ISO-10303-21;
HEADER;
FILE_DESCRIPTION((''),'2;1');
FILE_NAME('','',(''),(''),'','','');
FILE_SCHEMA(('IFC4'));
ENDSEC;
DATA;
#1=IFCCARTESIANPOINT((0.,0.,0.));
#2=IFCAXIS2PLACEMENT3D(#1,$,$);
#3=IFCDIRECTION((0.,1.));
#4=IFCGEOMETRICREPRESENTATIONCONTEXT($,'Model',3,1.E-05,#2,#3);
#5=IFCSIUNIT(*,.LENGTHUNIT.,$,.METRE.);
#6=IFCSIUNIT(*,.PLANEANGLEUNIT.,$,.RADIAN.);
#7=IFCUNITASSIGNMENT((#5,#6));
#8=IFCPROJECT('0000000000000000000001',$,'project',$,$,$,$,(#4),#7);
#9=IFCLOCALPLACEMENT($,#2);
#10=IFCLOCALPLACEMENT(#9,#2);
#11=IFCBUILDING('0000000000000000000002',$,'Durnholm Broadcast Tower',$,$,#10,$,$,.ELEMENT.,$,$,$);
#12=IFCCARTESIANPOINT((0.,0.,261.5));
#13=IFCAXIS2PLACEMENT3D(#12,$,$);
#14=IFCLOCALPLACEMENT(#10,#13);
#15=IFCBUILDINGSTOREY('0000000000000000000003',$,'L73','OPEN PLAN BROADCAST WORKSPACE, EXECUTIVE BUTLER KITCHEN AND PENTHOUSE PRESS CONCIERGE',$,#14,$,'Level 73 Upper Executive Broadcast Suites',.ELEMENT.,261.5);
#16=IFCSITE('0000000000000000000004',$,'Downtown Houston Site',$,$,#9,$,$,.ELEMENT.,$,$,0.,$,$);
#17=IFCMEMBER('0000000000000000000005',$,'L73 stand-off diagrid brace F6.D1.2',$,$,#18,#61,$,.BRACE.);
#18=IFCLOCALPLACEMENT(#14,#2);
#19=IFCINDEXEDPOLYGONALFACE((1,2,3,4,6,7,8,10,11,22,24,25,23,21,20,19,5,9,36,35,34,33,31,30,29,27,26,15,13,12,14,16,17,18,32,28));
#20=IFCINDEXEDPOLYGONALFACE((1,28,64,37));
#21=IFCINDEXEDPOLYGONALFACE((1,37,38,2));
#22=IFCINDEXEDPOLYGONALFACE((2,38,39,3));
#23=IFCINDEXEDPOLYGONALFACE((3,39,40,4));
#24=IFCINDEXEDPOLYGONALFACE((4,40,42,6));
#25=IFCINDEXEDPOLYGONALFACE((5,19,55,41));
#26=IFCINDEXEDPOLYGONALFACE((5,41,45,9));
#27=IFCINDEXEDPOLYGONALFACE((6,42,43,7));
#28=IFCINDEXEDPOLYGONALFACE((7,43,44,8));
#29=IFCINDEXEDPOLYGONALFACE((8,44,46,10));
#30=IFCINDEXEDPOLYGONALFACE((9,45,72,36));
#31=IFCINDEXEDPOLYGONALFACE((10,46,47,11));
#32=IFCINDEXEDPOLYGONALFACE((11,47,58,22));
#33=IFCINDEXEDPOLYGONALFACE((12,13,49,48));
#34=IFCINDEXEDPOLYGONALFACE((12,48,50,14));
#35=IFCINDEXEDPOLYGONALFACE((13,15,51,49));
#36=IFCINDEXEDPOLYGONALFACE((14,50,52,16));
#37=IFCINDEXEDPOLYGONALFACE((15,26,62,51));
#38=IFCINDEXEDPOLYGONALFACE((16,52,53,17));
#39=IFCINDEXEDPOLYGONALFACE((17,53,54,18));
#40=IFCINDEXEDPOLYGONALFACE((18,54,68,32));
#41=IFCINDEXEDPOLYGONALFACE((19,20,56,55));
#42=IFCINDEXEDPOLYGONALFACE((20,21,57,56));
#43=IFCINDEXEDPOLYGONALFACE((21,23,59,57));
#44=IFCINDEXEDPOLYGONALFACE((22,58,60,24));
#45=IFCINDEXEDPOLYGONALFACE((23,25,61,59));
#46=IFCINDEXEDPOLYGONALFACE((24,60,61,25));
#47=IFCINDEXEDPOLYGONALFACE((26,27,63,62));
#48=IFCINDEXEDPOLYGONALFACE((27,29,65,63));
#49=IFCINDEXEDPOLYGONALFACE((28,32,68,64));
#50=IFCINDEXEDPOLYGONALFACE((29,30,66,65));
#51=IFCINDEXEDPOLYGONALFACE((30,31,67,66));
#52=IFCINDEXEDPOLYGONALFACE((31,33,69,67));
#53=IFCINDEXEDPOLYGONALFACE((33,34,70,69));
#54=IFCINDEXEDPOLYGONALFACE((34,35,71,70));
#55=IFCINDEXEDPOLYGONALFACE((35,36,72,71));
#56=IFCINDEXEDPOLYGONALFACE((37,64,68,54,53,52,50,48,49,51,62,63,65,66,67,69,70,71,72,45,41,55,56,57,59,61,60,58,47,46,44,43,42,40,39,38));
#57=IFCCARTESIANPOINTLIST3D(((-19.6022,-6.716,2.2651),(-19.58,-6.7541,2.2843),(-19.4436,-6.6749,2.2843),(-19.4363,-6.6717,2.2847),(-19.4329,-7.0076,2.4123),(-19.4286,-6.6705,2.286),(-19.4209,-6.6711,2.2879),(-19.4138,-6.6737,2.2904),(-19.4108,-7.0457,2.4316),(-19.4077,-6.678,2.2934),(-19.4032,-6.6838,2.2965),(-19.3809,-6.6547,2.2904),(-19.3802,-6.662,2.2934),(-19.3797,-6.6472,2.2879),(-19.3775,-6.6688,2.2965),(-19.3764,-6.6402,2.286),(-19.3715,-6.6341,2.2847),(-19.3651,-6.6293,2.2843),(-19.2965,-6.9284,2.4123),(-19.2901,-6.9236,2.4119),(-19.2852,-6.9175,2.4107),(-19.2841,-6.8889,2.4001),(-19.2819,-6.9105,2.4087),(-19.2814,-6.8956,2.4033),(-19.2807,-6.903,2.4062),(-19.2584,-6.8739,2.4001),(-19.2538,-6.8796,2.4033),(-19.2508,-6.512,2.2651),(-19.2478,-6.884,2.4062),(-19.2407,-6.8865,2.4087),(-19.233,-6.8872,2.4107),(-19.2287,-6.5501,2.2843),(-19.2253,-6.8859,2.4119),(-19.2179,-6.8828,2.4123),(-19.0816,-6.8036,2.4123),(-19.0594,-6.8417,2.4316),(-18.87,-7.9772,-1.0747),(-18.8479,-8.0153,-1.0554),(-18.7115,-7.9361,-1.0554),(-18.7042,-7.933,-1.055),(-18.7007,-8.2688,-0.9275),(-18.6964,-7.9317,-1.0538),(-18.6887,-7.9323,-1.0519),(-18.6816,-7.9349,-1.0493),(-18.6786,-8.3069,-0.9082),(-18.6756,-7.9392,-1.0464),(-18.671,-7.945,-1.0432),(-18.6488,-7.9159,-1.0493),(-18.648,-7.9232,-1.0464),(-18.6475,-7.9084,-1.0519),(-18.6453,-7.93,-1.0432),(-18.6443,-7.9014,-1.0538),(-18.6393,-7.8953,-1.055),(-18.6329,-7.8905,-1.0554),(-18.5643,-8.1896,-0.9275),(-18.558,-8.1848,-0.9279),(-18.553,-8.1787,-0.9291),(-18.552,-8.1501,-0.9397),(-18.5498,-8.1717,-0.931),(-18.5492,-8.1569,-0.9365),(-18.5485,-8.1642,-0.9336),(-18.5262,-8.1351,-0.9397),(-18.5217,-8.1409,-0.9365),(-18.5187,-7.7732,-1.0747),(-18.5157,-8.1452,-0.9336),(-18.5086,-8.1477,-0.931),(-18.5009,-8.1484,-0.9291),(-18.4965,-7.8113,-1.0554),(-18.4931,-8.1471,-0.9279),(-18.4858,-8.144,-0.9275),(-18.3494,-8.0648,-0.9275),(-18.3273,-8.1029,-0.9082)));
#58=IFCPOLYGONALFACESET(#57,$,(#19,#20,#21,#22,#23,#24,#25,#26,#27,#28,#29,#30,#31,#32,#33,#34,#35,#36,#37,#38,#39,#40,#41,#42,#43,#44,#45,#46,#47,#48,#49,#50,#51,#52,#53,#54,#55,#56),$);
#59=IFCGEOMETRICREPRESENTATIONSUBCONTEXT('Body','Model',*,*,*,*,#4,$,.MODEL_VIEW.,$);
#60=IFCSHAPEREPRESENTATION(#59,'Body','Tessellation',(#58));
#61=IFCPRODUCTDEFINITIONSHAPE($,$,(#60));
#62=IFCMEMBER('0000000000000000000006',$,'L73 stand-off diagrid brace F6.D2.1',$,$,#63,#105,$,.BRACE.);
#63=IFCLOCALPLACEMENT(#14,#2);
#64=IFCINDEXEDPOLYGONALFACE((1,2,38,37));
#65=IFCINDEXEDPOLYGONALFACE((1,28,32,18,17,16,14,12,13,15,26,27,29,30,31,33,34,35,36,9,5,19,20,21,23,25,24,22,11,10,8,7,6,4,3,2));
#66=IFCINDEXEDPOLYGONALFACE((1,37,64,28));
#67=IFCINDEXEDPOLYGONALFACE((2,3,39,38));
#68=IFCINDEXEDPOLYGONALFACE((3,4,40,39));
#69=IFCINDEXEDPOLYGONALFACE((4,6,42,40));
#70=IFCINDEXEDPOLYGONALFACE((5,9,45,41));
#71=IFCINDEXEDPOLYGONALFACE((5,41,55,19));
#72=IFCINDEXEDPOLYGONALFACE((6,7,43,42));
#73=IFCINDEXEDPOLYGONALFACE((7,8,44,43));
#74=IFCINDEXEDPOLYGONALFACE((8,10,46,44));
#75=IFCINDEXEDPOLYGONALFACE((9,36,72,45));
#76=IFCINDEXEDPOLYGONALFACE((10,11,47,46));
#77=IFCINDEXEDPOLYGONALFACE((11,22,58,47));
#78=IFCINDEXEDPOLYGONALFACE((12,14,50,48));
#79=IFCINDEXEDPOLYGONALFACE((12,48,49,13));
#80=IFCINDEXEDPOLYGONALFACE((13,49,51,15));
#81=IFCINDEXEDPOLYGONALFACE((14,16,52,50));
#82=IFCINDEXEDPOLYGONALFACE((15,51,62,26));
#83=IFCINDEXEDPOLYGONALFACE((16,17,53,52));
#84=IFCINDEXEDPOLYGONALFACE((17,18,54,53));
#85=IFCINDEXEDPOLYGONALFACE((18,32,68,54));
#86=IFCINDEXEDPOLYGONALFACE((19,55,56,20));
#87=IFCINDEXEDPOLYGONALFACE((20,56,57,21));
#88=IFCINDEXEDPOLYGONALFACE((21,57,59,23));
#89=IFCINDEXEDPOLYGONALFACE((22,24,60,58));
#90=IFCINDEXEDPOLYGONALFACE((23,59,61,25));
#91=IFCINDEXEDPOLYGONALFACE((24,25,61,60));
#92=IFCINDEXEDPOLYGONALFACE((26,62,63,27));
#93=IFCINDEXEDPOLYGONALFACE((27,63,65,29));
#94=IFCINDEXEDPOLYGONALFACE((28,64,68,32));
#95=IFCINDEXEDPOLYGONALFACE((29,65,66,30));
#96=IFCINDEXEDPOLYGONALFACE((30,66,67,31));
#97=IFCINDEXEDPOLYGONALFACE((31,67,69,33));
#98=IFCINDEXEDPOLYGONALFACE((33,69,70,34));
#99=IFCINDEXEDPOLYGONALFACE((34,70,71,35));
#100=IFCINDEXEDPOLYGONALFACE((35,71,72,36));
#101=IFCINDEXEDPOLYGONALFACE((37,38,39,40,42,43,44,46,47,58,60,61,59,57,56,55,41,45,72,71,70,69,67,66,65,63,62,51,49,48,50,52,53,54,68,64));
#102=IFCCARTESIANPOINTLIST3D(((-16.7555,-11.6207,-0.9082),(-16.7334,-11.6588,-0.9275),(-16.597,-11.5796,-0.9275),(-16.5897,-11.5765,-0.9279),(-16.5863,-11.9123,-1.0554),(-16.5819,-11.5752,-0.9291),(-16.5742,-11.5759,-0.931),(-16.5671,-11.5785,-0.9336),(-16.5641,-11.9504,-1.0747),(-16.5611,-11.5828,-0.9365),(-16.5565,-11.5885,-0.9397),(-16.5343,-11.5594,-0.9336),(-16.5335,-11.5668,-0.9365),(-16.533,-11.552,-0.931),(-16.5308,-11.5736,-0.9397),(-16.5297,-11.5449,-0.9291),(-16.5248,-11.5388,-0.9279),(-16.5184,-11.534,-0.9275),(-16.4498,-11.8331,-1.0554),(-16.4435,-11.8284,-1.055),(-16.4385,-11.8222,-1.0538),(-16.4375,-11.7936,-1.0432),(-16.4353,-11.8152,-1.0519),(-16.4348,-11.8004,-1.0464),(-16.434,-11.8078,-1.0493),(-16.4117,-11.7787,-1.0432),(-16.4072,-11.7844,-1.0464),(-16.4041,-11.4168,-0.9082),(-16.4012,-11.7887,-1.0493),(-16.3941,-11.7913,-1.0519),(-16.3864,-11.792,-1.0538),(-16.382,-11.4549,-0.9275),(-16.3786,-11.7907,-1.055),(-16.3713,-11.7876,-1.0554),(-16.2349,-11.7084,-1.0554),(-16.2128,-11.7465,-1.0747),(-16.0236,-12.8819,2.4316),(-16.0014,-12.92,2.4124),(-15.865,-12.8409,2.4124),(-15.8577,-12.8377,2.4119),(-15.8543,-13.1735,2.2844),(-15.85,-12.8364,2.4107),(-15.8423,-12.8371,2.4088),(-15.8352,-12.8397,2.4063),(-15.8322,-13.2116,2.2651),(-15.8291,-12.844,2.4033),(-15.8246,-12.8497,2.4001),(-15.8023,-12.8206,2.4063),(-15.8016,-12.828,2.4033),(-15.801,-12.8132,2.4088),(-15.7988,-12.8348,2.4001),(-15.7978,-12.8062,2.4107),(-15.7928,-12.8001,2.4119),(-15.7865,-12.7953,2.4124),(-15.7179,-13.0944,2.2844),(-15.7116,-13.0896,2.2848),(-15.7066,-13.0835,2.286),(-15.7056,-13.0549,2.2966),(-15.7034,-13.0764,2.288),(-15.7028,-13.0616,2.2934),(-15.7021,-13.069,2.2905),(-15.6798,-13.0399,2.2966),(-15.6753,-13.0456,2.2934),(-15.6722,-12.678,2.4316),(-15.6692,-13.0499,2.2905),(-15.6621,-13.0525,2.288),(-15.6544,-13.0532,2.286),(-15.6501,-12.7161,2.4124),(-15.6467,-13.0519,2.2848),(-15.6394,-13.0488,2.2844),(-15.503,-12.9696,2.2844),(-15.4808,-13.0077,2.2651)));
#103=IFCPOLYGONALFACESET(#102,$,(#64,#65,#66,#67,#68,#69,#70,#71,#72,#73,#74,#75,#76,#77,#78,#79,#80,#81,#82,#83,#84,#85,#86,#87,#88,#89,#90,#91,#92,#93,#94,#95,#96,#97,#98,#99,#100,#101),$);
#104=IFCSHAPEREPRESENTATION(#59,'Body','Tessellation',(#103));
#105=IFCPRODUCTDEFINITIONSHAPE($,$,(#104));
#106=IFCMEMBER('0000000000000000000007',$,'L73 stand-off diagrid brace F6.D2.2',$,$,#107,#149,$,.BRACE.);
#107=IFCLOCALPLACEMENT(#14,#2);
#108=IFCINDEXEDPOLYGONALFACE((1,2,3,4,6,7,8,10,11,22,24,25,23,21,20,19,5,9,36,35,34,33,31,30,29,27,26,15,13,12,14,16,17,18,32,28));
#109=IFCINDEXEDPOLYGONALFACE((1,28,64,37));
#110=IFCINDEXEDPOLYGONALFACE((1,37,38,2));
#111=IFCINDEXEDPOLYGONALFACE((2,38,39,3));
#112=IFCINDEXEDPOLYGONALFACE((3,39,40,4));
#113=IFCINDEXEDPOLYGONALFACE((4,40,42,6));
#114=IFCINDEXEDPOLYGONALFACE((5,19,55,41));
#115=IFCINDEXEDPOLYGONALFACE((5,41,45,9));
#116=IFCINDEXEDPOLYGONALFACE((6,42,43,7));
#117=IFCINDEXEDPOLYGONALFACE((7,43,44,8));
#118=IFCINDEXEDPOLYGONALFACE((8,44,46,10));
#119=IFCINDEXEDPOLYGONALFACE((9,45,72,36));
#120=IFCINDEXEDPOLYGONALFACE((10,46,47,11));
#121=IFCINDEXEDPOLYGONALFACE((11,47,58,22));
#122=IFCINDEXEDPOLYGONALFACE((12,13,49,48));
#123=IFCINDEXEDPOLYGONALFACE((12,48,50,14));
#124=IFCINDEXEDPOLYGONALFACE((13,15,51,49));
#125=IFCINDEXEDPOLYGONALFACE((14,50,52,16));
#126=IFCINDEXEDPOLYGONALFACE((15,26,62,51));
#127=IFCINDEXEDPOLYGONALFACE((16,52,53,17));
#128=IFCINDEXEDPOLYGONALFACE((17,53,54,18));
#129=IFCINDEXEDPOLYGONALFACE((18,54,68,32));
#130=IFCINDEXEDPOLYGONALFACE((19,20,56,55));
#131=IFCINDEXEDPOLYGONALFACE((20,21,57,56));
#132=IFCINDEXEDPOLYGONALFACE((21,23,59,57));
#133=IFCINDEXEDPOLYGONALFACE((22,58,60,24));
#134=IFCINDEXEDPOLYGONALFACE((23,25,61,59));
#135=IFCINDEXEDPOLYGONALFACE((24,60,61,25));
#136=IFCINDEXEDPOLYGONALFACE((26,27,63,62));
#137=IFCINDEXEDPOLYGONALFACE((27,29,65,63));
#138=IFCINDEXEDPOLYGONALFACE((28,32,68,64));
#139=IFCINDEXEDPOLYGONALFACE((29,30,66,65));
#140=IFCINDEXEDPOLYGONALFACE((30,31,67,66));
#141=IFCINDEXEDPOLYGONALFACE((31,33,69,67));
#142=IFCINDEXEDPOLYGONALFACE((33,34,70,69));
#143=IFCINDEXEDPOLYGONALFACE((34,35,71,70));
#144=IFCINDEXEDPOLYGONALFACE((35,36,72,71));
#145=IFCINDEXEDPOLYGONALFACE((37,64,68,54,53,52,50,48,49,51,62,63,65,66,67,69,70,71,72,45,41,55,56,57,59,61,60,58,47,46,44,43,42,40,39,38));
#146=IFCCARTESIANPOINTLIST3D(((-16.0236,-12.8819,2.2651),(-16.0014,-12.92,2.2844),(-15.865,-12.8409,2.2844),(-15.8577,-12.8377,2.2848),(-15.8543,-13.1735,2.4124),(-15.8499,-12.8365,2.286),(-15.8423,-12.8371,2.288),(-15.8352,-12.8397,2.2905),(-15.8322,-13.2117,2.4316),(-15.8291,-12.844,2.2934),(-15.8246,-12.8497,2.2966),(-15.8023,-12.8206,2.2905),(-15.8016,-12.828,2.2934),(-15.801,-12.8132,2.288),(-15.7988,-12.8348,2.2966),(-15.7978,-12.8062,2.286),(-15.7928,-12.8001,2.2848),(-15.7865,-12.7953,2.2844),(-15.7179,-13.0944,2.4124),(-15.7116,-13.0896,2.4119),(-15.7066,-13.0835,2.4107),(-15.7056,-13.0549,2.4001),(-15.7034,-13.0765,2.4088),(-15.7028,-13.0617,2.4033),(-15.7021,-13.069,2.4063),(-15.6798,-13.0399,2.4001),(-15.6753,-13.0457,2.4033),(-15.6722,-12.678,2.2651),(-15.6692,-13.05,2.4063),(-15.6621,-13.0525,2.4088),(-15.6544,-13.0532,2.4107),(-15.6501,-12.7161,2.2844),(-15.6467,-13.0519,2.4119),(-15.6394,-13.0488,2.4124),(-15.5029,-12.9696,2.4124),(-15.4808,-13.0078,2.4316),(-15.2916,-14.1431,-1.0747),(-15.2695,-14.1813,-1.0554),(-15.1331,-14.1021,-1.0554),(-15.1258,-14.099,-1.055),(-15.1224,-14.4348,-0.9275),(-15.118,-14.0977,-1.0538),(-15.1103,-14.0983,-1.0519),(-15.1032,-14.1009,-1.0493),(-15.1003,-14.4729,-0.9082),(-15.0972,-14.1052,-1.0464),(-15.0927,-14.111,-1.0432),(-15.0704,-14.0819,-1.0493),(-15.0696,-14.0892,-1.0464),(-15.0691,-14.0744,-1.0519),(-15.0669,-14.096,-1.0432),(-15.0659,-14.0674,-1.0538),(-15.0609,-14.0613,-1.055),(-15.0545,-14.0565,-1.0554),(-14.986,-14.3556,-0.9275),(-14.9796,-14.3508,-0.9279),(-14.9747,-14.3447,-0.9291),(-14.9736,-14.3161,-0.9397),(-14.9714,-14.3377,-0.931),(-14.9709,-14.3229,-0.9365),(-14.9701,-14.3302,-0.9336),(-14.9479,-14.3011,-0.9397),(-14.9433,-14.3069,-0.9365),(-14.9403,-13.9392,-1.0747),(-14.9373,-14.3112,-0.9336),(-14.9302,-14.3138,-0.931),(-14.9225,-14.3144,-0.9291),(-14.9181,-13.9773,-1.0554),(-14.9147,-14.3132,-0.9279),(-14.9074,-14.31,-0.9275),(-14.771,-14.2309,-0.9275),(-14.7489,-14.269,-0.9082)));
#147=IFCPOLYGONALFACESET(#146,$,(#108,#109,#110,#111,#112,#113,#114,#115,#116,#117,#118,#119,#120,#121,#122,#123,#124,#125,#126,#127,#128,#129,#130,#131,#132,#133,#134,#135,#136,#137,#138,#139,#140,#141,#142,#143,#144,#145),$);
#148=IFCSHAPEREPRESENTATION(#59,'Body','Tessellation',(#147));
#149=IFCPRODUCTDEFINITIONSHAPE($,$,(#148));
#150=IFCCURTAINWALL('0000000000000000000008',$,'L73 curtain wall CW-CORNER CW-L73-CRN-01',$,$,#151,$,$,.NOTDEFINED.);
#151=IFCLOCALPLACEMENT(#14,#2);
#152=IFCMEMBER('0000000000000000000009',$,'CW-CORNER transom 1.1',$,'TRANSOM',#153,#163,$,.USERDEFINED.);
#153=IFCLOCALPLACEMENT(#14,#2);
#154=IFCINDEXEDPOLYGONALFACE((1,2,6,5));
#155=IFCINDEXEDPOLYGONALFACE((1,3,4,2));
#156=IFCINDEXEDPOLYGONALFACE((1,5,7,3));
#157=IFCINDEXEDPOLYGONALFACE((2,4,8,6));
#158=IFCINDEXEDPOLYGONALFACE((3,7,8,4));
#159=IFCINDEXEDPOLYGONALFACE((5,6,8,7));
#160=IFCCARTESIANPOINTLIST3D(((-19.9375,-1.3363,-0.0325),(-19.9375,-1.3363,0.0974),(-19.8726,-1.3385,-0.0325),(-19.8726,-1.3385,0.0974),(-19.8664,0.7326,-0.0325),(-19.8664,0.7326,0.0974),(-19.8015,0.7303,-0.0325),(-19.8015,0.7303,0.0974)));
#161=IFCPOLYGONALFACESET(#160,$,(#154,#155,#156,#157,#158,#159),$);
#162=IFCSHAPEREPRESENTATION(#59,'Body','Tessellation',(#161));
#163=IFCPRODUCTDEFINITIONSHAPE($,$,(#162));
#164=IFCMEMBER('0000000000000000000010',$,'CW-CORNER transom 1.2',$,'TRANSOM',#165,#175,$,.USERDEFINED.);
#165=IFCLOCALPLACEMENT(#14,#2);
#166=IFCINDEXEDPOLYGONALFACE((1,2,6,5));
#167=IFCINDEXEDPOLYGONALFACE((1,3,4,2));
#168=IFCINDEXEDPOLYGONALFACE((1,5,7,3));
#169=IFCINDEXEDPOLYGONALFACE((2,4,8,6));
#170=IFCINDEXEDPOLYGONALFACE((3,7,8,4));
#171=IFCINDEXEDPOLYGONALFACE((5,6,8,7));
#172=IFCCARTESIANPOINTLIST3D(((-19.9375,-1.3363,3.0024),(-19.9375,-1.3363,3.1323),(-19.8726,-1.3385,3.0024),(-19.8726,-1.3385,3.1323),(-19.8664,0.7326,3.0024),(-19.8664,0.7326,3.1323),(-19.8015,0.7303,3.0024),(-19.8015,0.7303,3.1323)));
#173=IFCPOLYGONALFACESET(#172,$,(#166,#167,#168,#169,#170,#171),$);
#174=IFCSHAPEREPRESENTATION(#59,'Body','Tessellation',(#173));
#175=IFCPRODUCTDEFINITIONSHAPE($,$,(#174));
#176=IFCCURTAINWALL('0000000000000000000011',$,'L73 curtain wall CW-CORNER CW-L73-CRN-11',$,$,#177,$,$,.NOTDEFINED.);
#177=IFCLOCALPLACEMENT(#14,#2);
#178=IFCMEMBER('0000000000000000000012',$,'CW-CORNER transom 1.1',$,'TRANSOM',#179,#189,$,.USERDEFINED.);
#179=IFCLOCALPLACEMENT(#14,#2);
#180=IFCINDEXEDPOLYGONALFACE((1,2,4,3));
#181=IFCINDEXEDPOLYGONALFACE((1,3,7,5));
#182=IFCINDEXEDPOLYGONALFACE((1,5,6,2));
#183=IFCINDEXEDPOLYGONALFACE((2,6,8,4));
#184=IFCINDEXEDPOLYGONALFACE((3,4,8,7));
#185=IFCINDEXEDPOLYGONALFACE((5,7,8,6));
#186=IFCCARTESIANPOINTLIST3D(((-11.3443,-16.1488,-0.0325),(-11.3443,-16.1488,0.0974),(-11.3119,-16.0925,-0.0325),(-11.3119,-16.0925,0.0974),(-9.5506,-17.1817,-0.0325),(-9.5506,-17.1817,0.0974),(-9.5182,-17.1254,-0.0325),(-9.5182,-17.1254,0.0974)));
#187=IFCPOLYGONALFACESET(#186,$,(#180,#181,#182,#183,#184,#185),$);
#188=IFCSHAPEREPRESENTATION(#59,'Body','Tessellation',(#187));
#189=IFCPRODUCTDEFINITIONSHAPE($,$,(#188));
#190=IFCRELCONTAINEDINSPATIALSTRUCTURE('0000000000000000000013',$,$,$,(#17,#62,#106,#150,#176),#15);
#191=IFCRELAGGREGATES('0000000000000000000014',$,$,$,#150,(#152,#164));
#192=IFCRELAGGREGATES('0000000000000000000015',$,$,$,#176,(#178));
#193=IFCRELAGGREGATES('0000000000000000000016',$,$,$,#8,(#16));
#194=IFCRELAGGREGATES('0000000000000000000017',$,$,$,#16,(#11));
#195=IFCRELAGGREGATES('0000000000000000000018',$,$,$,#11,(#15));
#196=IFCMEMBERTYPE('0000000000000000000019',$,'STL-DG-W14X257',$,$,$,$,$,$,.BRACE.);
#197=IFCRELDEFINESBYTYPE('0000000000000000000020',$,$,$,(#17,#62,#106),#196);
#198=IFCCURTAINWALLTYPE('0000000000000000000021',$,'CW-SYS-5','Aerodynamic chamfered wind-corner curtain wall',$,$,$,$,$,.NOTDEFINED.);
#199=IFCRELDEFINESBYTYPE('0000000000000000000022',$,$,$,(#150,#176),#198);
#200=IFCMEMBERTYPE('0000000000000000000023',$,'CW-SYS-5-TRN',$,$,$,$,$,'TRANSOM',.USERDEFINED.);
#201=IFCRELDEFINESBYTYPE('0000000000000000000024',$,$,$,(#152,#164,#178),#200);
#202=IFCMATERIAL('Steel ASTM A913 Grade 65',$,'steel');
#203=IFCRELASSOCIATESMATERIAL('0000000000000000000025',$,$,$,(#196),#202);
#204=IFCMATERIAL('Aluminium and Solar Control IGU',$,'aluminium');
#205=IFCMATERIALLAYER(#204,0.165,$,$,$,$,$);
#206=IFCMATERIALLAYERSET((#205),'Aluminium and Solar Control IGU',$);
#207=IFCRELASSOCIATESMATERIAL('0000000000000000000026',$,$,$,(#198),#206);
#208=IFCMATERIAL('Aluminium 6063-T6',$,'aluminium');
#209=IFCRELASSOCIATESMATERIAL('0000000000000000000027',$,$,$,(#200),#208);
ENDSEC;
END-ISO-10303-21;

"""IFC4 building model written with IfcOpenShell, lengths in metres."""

from ifc_helpers import new_model, si_unit, direction, frame, origin, origin_2d, place, context, subcontext, project, spatial, rectangle, i_section, extrude, source, transform, mapped, material, layer, layer_set, material_profile, profile_set, type_object, type_shapes, element, aggregate, save


model = new_model("IFC4")

# Units and contexts
model_context = context("Model", 3, precision=1e-05, world=origin(), true_north=direction((0.0, 1.0)))
body_context = subcontext(model_context, "Body", "Model", "MODEL_VIEW")
ifc_project = project(units=[si_unit("LENGTHUNIT", "METRE"), si_unit("PLANEANGLEUNIT", "RADIAN")], contexts=[model_context])

# Site, building, storey
site_placement = place(None, origin())
site = spatial("IfcSite", under=ifc_project, at=site_placement, Name="Downtown Houston Site", CompositionType="ELEMENT", RefElevation=0.0)
building_placement = place(site_placement, origin())
building = spatial("IfcBuilding", under=site, at=building_placement, Name="Durnholm Broadcast Tower", CompositionType="ELEMENT")
storey_placement = place(building_placement, frame((0.0, 0.0, 261.5)))
storey = spatial("IfcBuildingStorey", under=building, at=storey_placement, Name="L73", Description="OPEN PLAN BROADCAST WORKSPACE, EXECUTIVE BUTLER KITCHEN AND PENTHOUSE PRESS CONCIERGE", LongName="Level 73 Upper Executive Broadcast Suites", CompositionType="ELEMENT", Elevation=261.5)

# Members
ifc_material_1 = material(Name="Steel ASTM A913 Grade 65", Category="steel")
ifc_material_profile_1 = material_profile(ifc_material_1, i_section(OverallWidth=0.4062, OverallDepth=0.416, WebThickness=0.0298, FlangeThickness=0.0481, FilletRadius=0.0305, at=origin_2d()), Name="W14X257")
ifc_profile_set_1 = profile_set([ifc_material_profile_1], Name="Steel ASTM A913 Grade 65")
member_type_1 = type_object("IfcMemberType", Name="STL-DG-W14X257", PredefinedType="BRACE", material=ifc_profile_set_1)
shared_shape_1 = source(origin(), body_context, "Body", "SweptSolid", [
    extrude(i_section(OverallWidth=0.4062, OverallDepth=0.416, WebThickness=0.0298, FlangeThickness=0.0481, FilletRadius=0.0305, at=origin_2d()), origin(), (0.0, 0.0, 1.0), 3.6443),
])
type_shapes(member_type_1, [shared_shape_1])
for number, where, z_axis, x_axis, name in (
    (1, (-18.5986, -8.04, -0.9915), (-0.200907, 0.346078, 0.916442), (-0.864833, -0.502059, 0.0), "L73 stand-off diagrid brace F6.D1.2"),
    (2, (-16.4841, -11.6836, -0.9915), (0.200843, -0.346082, 0.916455), (0.864906, 0.501934, 0.0), "L73 stand-off diagrid brace F6.D2.1"),
    (3, (-15.0203, -14.2061, -0.9915), (-0.200843, 0.346082, 0.916455), (-0.864906, -0.501934, 0.0), "L73 stand-off diagrid brace F6.D2.2"),
):
    element("IfcMember", number, at=place(storey_placement, frame(where, z_axis=z_axis, x_axis=x_axis)), inside=storey, type_object=member_type_1, Name=name, PredefinedType="BRACE", context=body_context, shape_type="MappedRepresentation", body=[
        mapped(shared_shape_1, transform((0.0, 0.0, 0.0), x_axis=(1.0, 0.0, 0.0), y_axis=(0.0, 1.0, 0.0), z_axis=(0.0, 0.0, 1.0), scale=1.0)),
    ])

# Curtain wall, members
ifc_material_2 = material(Name="Aluminium and Solar Control IGU", Category="aluminium")
ifc_layer_1 = layer(ifc_material_2, 0.165)
ifc_layer_set_1 = layer_set([ifc_layer_1], Name="Aluminium and Solar Control IGU")
curtain_wall_type_1 = type_object("IfcCurtainWallType", Name="CW-SYS-5", Description="Aerodynamic chamfered wind-corner curtain wall", PredefinedType="NOTDEFINED", material=ifc_layer_set_1)
curtain_wall_1_placement = place(storey_placement, origin())
curtain_wall_1 = element("IfcCurtainWall", 4, at=curtain_wall_1_placement, inside=storey, type_object=curtain_wall_type_1, Name="L73 curtain wall CW-CORNER CW-L73-CRN-01", PredefinedType="NOTDEFINED")
ifc_material_3 = material(Name="Aluminium 6063-T6", Category="aluminium")
ifc_material_profile_2 = material_profile(ifc_material_3, rectangle(XDim=0.0649, YDim=0.1299, at=origin_2d()), Name="CWT65X130")
ifc_profile_set_2 = profile_set([ifc_material_profile_2], Name="Aluminium 6063-T6")
member_type_2 = type_object("IfcMemberType", Name="CW-SYS-5-TRN", ElementType="TRANSOM", PredefinedType="USERDEFINED", material=ifc_profile_set_2)
shared_shape_2 = source(origin(), body_context, "Body", "SweptSolid", [
    extrude(rectangle(XDim=0.0649, YDim=0.1299, at=origin_2d()), origin(), (0.0, 0.0, 1.0), 2.0701),
])
member_1_placement = place(storey_placement, frame((-19.905, -1.3374, 0.0325), z_axis=(0.03432, 0.999411, 0.0), x_axis=(-0.999411, 0.03432, 0.0)))
member_1 = element("IfcMember", 5, at=member_1_placement, type_object=member_type_2, Name="CW-CORNER transom 1.1", ObjectType="TRANSOM", PredefinedType="USERDEFINED", context=body_context, shape_type="MappedRepresentation", body=[
    mapped(shared_shape_2, transform((0.0, 0.0, 0.0), x_axis=(1.0, 0.0, 0.0), y_axis=(0.0, 1.0, 0.0), z_axis=(0.0, 0.0, 1.0), scale=1.0)),
])
member_2_placement = place(storey_placement, frame((-19.905, -1.3374, 3.0674), z_axis=(0.03432, 0.999411, 0.0), x_axis=(-0.999411, 0.03432, 0.0)))
member_2 = element("IfcMember", 6, at=member_2_placement, type_object=member_type_2, Name="CW-CORNER transom 1.2", ObjectType="TRANSOM", PredefinedType="USERDEFINED", context=body_context, shape_type="MappedRepresentation", body=[
    mapped(shared_shape_2, transform((0.0, 0.0, 0.0), x_axis=(1.0, 0.0, 0.0), y_axis=(0.0, 1.0, 0.0), z_axis=(0.0, 0.0, 1.0), scale=1.0)),
])

# Curtain wall, member
curtain_wall_2_placement = place(storey_placement, origin())
curtain_wall_2 = element("IfcCurtainWall", 7, at=curtain_wall_2_placement, inside=storey, type_object=curtain_wall_type_1, Name="L73 curtain wall CW-CORNER CW-L73-CRN-11", PredefinedType="NOTDEFINED")
shared_shape_3 = source(origin(), body_context, "Body", "SweptSolid", [
    extrude(rectangle(XDim=0.0649, YDim=0.1299, at=origin_2d()), origin(), (0.0, 0.0, 1.0), 2.0698),
])
type_shapes(member_type_2, [shared_shape_2, shared_shape_3])
member_3_placement = place(storey_placement, frame((-9.5344, -17.1536, 0.0325), z_axis=(-0.866576, 0.499045, 0.0), x_axis=(-0.499045, -0.866576, 0.0)))
member_3 = element("IfcMember", 8, at=member_3_placement, type_object=member_type_2, Name="CW-CORNER transom 1.1", ObjectType="TRANSOM", PredefinedType="USERDEFINED", context=body_context, shape_type="MappedRepresentation", body=[
    mapped(shared_shape_3, transform((0.0, 0.0, 0.0), x_axis=(1.0, 0.0, 0.0), y_axis=(0.0, 1.0, 0.0), z_axis=(0.0, 0.0, 1.0), scale=1.0)),
])

aggregate(curtain_wall_1, [member_1, member_2])

aggregate(curtain_wall_2, [member_3])

save(model, "model.ifc")
